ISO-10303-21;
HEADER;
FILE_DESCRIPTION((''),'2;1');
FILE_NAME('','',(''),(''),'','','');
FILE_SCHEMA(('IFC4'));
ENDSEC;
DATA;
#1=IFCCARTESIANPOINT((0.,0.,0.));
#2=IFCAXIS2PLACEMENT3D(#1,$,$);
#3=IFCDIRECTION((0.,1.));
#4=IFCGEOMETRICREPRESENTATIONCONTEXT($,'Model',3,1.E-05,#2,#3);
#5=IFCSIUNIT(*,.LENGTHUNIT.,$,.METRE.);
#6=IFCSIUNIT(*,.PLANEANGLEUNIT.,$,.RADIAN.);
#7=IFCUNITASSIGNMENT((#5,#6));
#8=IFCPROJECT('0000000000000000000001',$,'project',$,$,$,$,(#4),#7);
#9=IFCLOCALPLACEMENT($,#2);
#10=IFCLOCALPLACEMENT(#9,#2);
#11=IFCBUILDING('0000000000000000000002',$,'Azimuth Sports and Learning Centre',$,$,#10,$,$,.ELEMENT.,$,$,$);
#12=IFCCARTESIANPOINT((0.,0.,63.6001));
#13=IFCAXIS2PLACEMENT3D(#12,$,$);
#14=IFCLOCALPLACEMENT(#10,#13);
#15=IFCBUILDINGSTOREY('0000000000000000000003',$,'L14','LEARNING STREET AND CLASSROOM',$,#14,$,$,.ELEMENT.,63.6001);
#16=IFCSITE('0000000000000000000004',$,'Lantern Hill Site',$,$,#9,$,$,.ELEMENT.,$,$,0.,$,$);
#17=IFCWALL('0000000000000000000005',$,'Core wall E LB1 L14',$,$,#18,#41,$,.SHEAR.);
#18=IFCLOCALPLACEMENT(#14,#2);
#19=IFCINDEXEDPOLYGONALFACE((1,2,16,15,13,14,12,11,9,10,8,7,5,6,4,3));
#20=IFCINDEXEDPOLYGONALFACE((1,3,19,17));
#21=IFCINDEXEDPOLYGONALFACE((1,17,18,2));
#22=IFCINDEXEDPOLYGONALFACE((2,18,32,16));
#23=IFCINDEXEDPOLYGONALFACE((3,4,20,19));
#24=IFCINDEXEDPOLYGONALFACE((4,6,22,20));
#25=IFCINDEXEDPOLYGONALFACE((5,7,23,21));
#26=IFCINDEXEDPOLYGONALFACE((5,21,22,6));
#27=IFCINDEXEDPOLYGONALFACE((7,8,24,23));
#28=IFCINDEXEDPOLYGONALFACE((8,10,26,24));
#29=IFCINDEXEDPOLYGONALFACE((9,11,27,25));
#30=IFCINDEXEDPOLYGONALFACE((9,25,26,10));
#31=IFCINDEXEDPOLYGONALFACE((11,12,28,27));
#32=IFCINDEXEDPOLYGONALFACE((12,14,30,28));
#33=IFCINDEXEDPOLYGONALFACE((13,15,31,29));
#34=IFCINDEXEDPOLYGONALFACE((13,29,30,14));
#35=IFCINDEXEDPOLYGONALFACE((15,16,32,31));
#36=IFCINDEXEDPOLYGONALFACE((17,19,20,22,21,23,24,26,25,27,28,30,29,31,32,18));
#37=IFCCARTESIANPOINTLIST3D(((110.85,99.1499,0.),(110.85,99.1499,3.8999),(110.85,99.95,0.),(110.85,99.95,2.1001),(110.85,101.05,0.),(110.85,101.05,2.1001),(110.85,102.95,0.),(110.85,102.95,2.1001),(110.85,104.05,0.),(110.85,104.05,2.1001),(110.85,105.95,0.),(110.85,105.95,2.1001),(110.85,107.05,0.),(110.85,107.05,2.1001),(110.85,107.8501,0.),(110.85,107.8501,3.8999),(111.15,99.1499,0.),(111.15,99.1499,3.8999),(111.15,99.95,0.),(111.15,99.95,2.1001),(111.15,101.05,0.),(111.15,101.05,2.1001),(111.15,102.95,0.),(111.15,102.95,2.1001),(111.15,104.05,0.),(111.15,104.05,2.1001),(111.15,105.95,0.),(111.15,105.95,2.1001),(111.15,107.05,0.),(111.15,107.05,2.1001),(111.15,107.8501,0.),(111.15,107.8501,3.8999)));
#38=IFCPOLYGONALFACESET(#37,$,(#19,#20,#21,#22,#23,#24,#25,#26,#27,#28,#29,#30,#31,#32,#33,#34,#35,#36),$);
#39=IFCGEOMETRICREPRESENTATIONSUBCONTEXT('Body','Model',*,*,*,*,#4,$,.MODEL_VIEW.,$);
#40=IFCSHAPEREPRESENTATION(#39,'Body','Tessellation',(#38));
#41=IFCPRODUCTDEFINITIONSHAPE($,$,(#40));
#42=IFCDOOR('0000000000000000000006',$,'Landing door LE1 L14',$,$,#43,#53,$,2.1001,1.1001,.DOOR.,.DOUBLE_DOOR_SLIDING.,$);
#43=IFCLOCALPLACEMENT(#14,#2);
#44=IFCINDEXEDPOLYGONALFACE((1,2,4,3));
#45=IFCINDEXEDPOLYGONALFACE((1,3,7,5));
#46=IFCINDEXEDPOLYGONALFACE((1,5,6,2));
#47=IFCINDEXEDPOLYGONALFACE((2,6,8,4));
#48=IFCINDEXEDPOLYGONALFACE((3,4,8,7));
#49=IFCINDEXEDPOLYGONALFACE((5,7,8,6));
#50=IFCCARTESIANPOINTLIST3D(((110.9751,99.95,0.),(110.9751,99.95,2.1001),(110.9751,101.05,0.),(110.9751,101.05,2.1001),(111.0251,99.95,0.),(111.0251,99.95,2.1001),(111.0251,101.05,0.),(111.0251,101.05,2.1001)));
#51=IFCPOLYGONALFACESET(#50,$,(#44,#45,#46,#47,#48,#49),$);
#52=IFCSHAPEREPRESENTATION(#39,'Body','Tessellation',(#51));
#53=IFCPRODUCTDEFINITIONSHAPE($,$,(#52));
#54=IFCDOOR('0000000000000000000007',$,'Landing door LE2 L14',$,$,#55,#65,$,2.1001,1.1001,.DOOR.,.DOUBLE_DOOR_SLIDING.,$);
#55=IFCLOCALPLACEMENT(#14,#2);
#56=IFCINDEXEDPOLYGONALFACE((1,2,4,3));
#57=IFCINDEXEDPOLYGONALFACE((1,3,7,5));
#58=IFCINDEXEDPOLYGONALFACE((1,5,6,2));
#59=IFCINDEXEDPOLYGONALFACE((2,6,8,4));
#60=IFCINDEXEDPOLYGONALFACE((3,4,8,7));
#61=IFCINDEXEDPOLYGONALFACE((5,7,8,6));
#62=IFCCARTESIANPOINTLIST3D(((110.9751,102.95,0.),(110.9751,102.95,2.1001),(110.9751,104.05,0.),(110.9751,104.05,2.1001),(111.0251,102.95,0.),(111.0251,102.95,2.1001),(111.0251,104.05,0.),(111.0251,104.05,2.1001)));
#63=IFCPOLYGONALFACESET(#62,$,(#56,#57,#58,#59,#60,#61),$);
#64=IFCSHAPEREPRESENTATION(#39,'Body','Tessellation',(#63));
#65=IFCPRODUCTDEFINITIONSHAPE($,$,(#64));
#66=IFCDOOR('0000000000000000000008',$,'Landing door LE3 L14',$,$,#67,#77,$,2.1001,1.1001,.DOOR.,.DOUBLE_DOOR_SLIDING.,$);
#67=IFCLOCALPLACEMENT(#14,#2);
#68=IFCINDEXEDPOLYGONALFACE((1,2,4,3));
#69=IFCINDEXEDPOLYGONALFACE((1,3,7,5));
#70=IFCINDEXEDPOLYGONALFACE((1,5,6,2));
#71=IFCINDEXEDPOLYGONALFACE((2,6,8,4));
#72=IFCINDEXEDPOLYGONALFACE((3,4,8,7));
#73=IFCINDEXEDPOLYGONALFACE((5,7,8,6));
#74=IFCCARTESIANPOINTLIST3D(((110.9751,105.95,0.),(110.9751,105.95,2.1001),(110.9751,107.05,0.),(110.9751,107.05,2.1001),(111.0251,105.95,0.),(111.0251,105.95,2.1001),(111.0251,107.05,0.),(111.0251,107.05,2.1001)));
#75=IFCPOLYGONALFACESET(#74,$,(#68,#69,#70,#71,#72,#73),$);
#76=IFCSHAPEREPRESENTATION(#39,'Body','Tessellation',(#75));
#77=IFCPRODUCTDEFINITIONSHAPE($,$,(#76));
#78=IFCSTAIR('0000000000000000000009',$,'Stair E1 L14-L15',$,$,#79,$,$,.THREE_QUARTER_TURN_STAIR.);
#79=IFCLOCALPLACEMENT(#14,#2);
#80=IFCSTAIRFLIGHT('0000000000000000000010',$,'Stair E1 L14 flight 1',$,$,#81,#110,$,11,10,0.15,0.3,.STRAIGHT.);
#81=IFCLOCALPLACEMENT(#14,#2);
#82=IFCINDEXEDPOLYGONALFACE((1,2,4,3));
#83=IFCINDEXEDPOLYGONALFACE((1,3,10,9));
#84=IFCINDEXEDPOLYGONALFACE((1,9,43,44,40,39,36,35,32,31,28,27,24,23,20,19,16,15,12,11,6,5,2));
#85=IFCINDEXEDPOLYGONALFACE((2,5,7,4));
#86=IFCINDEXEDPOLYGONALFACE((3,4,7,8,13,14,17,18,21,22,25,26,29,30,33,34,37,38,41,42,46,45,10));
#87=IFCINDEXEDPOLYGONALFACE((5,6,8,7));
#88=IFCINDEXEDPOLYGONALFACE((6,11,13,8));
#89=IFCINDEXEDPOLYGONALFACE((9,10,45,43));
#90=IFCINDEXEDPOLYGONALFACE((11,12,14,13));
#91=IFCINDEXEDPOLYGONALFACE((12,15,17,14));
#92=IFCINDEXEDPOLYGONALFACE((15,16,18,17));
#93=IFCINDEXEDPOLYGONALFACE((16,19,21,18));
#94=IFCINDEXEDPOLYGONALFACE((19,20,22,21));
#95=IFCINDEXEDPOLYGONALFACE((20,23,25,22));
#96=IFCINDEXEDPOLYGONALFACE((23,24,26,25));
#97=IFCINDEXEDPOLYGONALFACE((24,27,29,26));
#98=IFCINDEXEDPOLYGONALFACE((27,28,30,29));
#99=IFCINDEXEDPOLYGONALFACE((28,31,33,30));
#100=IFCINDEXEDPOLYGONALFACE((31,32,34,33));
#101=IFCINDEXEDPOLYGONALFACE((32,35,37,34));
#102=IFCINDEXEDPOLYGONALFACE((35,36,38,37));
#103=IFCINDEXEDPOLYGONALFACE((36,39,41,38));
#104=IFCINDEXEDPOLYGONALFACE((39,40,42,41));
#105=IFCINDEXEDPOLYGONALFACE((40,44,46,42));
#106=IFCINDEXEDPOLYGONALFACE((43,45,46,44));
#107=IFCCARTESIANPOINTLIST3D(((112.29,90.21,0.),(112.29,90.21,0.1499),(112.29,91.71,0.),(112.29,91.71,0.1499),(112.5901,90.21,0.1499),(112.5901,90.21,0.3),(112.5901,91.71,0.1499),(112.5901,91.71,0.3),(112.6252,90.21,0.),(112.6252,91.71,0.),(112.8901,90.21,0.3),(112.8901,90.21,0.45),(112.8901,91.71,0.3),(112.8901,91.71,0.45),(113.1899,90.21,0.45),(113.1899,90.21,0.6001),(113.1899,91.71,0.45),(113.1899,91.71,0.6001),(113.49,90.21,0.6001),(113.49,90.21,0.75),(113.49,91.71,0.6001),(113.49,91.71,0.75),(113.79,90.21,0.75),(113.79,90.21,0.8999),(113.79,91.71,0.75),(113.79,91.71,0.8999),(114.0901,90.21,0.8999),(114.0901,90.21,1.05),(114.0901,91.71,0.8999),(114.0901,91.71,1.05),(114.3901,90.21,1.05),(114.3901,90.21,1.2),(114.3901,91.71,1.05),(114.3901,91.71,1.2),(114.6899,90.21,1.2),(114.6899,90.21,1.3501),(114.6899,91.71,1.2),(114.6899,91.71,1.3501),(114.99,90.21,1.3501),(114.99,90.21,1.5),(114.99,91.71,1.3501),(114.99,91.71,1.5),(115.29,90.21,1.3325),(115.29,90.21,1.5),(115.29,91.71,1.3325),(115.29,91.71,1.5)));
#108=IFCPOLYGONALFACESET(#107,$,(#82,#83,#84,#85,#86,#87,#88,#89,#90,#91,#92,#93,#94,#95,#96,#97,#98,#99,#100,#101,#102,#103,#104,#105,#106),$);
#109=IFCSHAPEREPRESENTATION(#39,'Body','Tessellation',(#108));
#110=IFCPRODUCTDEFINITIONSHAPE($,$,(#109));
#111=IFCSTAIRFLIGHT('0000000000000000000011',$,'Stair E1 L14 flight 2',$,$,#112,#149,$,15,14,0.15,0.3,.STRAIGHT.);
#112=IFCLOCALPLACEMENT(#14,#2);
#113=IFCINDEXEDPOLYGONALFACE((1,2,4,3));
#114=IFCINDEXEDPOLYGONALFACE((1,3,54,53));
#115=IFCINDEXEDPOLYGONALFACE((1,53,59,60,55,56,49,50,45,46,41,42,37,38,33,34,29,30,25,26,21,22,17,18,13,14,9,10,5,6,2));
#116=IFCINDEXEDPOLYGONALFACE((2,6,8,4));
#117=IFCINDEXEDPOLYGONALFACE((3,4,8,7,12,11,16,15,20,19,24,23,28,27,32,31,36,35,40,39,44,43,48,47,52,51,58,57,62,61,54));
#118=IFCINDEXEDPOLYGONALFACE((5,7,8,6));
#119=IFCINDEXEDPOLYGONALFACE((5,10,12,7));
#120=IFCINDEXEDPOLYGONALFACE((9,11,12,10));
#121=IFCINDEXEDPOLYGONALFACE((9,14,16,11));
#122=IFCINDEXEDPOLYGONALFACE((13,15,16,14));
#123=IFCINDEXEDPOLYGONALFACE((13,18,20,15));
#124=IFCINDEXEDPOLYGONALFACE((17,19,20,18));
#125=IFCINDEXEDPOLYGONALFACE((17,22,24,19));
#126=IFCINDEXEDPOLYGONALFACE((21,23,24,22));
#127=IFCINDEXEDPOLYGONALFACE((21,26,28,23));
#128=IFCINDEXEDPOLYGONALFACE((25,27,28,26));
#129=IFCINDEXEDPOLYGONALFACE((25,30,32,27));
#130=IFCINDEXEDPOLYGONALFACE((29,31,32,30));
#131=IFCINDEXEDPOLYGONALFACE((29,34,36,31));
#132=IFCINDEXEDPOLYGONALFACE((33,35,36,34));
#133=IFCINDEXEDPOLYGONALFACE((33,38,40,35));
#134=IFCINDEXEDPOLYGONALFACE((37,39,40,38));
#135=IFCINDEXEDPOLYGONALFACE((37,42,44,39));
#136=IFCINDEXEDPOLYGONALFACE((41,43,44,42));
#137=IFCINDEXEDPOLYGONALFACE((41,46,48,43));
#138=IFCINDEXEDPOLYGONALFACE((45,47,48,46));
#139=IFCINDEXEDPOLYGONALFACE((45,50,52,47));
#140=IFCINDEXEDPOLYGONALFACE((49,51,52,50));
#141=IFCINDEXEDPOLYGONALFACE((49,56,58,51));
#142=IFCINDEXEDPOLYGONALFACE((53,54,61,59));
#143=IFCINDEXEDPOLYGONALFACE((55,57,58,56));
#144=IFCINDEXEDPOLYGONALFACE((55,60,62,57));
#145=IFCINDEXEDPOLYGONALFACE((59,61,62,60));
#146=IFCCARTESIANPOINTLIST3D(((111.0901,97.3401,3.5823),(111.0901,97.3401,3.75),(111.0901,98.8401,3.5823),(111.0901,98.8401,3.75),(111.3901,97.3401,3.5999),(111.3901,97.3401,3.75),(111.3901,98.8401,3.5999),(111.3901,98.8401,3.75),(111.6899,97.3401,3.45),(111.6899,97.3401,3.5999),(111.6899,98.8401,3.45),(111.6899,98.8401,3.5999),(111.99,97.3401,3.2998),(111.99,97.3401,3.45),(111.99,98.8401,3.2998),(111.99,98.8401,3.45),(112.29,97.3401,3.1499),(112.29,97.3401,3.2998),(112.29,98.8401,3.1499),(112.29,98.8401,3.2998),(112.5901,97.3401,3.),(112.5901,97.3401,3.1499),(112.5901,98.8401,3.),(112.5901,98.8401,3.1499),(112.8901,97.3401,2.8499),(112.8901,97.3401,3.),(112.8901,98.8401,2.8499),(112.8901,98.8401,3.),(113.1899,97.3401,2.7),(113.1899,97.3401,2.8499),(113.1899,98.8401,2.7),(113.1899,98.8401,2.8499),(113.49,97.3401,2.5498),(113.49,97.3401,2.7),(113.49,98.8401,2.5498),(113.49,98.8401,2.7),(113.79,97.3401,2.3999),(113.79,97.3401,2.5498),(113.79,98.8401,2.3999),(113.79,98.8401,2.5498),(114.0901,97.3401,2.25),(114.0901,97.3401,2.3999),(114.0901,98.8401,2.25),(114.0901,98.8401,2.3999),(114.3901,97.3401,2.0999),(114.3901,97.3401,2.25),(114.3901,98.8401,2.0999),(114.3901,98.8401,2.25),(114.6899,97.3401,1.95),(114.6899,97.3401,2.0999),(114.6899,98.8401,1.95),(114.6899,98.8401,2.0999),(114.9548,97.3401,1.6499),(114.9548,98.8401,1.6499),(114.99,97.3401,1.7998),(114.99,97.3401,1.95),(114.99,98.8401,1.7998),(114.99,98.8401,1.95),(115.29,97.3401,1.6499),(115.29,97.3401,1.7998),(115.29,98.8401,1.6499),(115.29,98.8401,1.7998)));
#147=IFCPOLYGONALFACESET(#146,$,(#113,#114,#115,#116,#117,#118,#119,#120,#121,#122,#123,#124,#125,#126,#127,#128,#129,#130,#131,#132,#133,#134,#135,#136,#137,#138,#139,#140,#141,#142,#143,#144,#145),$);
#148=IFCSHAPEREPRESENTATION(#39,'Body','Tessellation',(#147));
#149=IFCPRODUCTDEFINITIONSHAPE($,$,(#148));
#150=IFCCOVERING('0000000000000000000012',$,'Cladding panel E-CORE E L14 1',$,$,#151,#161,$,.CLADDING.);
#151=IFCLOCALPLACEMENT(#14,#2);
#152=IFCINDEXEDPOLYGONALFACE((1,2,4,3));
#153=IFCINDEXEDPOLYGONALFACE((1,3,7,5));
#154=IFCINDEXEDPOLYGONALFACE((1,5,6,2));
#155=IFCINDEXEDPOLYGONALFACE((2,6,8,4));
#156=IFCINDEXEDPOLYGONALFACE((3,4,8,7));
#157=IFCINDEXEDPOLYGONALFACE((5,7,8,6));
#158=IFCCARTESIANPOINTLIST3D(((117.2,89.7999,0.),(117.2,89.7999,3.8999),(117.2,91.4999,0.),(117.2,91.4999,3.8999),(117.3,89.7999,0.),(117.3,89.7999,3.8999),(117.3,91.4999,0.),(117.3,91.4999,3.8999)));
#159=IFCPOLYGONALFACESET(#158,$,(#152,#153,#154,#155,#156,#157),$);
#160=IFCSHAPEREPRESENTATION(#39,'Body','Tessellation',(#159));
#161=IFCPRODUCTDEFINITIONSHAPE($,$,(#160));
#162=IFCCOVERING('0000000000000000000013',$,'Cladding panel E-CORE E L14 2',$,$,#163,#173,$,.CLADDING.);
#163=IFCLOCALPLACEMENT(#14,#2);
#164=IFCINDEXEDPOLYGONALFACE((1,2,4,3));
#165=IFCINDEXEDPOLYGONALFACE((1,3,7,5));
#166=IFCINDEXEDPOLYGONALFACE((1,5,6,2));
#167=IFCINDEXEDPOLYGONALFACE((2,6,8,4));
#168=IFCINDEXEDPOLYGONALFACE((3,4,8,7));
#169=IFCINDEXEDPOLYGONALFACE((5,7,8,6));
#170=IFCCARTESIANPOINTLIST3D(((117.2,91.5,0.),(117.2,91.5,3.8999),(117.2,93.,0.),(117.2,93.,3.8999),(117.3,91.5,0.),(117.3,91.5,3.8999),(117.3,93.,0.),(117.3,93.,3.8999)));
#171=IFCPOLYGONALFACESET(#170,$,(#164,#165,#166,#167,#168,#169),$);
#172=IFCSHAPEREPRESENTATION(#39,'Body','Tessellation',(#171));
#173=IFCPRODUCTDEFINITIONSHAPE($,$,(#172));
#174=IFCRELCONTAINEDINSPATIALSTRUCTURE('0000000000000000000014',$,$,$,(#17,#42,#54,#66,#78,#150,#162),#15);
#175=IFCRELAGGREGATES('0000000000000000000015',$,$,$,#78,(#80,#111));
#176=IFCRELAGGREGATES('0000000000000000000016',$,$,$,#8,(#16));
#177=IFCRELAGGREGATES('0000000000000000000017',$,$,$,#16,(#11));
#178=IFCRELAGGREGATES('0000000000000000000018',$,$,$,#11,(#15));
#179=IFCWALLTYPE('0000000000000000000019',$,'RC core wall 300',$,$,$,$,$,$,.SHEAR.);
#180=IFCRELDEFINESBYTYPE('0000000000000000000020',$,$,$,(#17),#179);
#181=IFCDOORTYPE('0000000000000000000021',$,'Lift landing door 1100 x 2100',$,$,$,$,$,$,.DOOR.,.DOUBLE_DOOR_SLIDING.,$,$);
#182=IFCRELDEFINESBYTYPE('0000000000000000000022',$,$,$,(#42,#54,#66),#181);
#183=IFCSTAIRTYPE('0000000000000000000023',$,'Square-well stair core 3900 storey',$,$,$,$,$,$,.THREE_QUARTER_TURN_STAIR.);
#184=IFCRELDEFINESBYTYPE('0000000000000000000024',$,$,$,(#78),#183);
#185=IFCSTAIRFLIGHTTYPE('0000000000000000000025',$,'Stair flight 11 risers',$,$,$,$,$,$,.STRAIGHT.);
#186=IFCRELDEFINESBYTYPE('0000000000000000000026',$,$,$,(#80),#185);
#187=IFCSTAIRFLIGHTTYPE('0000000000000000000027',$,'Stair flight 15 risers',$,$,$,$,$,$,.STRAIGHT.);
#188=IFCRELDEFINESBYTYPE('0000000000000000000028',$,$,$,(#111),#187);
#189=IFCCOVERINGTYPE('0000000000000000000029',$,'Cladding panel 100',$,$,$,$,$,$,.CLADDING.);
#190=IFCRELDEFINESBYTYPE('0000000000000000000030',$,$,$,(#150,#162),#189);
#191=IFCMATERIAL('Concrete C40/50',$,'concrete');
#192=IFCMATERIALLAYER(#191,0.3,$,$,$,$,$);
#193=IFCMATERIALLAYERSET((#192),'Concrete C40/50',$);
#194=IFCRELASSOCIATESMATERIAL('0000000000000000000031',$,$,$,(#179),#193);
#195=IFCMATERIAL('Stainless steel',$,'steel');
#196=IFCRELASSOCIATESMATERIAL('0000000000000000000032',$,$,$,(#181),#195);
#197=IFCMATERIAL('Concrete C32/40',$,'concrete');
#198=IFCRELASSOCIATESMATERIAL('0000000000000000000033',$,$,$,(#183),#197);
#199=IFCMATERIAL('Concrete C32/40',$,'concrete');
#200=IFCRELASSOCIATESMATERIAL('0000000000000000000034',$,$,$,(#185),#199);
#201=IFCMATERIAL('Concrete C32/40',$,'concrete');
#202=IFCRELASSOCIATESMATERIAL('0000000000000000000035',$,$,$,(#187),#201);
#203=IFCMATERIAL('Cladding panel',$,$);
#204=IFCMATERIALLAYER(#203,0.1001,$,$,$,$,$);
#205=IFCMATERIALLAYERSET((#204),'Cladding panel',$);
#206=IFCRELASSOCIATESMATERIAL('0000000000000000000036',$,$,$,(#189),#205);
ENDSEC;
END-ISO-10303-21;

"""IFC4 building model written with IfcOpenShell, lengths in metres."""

from ifc_helpers import new_model, si_unit, direction, frame, frame_2d, origin, origin_2d, place, context, subcontext, project, spatial, polyline, rectangle, outline, extrude, material, layer, layer_set, type_object, element, fill, aggregate, save


model = new_model("IFC4")

# Units and contexts
model_context = context("Model", 3, precision=1e-05, world=origin(), true_north=direction((0.0, 1.0)))
body_context = subcontext(model_context, "Body", "Model", "MODEL_VIEW")
ifc_project = project(units=[si_unit("LENGTHUNIT", "METRE"), si_unit("PLANEANGLEUNIT", "RADIAN")], contexts=[model_context])

# Site, building, storey
site_placement = place(None, origin())
site = spatial("IfcSite", under=ifc_project, at=site_placement, Name="Lantern Hill Site", CompositionType="ELEMENT", RefElevation=0.0)
building_placement = place(site_placement, origin())
building = spatial("IfcBuilding", under=site, at=building_placement, Name="Azimuth Sports and Learning Centre", CompositionType="ELEMENT")
storey_placement = place(building_placement, frame((0.0, 0.0, 63.6001)))
storey = spatial("IfcBuildingStorey", under=building, at=storey_placement, Name="L14", Description="LEARNING STREET AND CLASSROOM", CompositionType="ELEMENT", Elevation=63.6001)

# Shared definitions
ifc_material_1 = material(Name="Concrete C40/50", Category="concrete")
ifc_layer_1 = layer(ifc_material_1, 0.3)
ifc_layer_set_1 = layer_set([ifc_layer_1], Name="Concrete C40/50")
wall_type = type_object("IfcWallType", Name="RC core wall 300", PredefinedType="SHEAR", material=ifc_layer_set_1)

# Wall, openings, doors
wall_1_placement = place(storey_placement, frame((111.0, 99.1499, 0.0), z_axis=(0.0, 0.0, 1.0), x_axis=(0.0, 1.0, 0.0)))
wall_1 = element("IfcWall", 1, at=wall_1_placement, inside=storey, type_object=wall_type, Name="Core wall E LB1 L14", PredefinedType="SHEAR", context=body_context, shape_type="SweptSolid", body=[
    extrude(rectangle(XDim=8.7002, YDim=0.3, at=frame_2d((4.3501, 0.0))), origin(), (0.0, 0.0, 1.0), 3.8999),
])
opening_1_placement = place(wall_1_placement, frame((0.8, 0.0, 0.0)))
opening_1 = element("IfcOpeningElement", 2, at=opening_1_placement, cuts=wall_1, PredefinedType="OPENING", context=body_context, shape_type="SweptSolid", body=[
    extrude(rectangle(XDim=1.1001, YDim=2.1001, at=frame_2d((0.55, 1.05))), frame((0.0, 0.1611, 0.0), z_axis=(0.0, -1.0, 0.0), x_axis=(1.0, 0.0, 0.0)), (0.0, 0.0, 1.0), 0.322),
])
opening_2_placement = place(wall_1_placement, frame((3.8, 0.0, 0.0)))
opening_2 = element("IfcOpeningElement", 3, at=opening_2_placement, cuts=wall_1, PredefinedType="OPENING", context=body_context, shape_type="SweptSolid", body=[
    extrude(rectangle(XDim=1.1001, YDim=2.1001, at=frame_2d((0.55, 1.05))), frame((0.0, 0.1611, 0.0), z_axis=(0.0, -1.0, 0.0), x_axis=(1.0, 0.0, 0.0)), (0.0, 0.0, 1.0), 0.322),
])
opening_3_placement = place(wall_1_placement, frame((6.8, 0.0, 0.0)))
opening_3 = element("IfcOpeningElement", 4, at=opening_3_placement, cuts=wall_1, PredefinedType="OPENING", context=body_context, shape_type="SweptSolid", body=[
    extrude(rectangle(XDim=1.1001, YDim=2.1001, at=frame_2d((0.55, 1.05))), frame((0.0, 0.1611, 0.0), z_axis=(0.0, -1.0, 0.0), x_axis=(1.0, 0.0, 0.0)), (0.0, 0.0, 1.0), 0.322),
])
ifc_material_2 = material(Name="Stainless steel", Category="steel")
door_type = type_object("IfcDoorType", Name="Lift landing door 1100 x 2100", OperationType="DOUBLE_DOOR_SLIDING", PredefinedType="DOOR", material=ifc_material_2)
door_1_placement = place(opening_1_placement, origin())
door_1 = element("IfcDoor", 5, at=door_1_placement, inside=storey, type_object=door_type, Name="Landing door LE1 L14", OperationType="DOUBLE_DOOR_SLIDING", OverallHeight=2.1001, OverallWidth=1.1001, PredefinedType="DOOR", context=body_context, shape_type="SweptSolid", body=[
    extrude(rectangle(XDim=1.1001, YDim=2.1001, at=frame_2d((0.55, 1.05))), frame((0.0, 0.0249, 0.0), z_axis=(0.0, -1.0, 0.0), x_axis=(1.0, 0.0, 0.0)), (0.0, 0.0, 1.0), 0.05),
])
fill(opening_1, door_1)
door_2_placement = place(opening_2_placement, origin())
door_2 = element("IfcDoor", 6, at=door_2_placement, inside=storey, type_object=door_type, Name="Landing door LE2 L14", OperationType="DOUBLE_DOOR_SLIDING", OverallHeight=2.1001, OverallWidth=1.1001, PredefinedType="DOOR", context=body_context, shape_type="SweptSolid", body=[
    extrude(rectangle(XDim=1.1001, YDim=2.1001, at=frame_2d((0.55, 1.05))), frame((0.0, 0.0249, 0.0), z_axis=(0.0, -1.0, 0.0), x_axis=(1.0, 0.0, 0.0)), (0.0, 0.0, 1.0), 0.05),
])
fill(opening_2, door_2)
door_3_placement = place(opening_3_placement, origin())
door_3 = element("IfcDoor", 7, at=door_3_placement, inside=storey, type_object=door_type, Name="Landing door LE3 L14", OperationType="DOUBLE_DOOR_SLIDING", OverallHeight=2.1001, OverallWidth=1.1001, PredefinedType="DOOR", context=body_context, shape_type="SweptSolid", body=[
    extrude(rectangle(XDim=1.1001, YDim=2.1001, at=frame_2d((0.55, 1.05))), frame((0.0, 0.0249, 0.0), z_axis=(0.0, -1.0, 0.0), x_axis=(1.0, 0.0, 0.0)), (0.0, 0.0, 1.0), 0.05),
])
fill(opening_3, door_3)

# Stair, stair flights
ifc_material_3 = material(Name="Concrete C32/40", Category="concrete")
stair_type = type_object("IfcStairType", Name="Square-well stair core 3900 storey", PredefinedType="THREE_QUARTER_TURN_STAIR", material=ifc_material_3)
stair_placement = place(storey_placement, origin())
stair = element("IfcStair", 8, at=stair_placement, inside=storey, type_object=stair_type, Name="Stair E1 L14-L15", PredefinedType="THREE_QUARTER_TURN_STAIR")
ifc_material_4 = material(Name="Concrete C32/40", Category="concrete")
stair_flight_type_1 = type_object("IfcStairFlightType", Name="Stair flight 11 risers", PredefinedType="STRAIGHT", material=ifc_material_4)
stair_flight_1_placement = place(storey_placement, frame((112.29, 90.96, 0.0), z_axis=(0.0, 0.0, 1.0), x_axis=(1.0, 0.0, 0.0)))
stair_flight_1 = element("IfcStairFlight", 9, at=stair_flight_1_placement, type_object=stair_flight_type_1, Name="Stair E1 L14 flight 1", NumberOfRisers=11, NumberOfTreads=10, PredefinedType="STRAIGHT", RiserHeight=0.15, TreadLength=0.3, context=body_context, shape_type="SweptSolid", body=[
    extrude(outline(polyline([(0.0, 0.0), (0.0, 0.1499), (0.3, 0.1499), (0.3, 0.3), (0.6001, 0.3), (0.6001, 0.45), (0.8999, 0.45), (0.8999, 0.6001), (1.2, 0.6001), (1.2, 0.75), (1.5, 0.75), (1.5, 0.8999), (1.8, 0.8999), (1.8, 1.05), (2.1001, 1.05), (2.1001, 1.2), (2.3999, 1.2), (2.3999, 1.3501), (2.7, 1.3501), (2.7, 1.5), (3.0, 1.5), (3.0, 1.6499), (3.0, 1.3325), (0.3352, 0.0), (0.0, 0.0)])), frame((0.0, 0.75, 0.0), z_axis=(0.0, -1.0, 0.0), x_axis=(1.0, 0.0, 0.0)), (0.0, 0.0, 1.0), 1.5),
])
ifc_material_5 = material(Name="Concrete C32/40", Category="concrete")
stair_flight_type_2 = type_object("IfcStairFlightType", Name="Stair flight 15 risers", PredefinedType="STRAIGHT", material=ifc_material_5)
stair_flight_2_placement = place(storey_placement, frame((115.29, 98.0901, 1.6499), z_axis=(0.0, 0.0, 1.0), x_axis=(-1.0, 0.0, 0.0)))
stair_flight_2 = element("IfcStairFlight", 10, at=stair_flight_2_placement, type_object=stair_flight_type_2, Name="Stair E1 L14 flight 2", NumberOfRisers=15, NumberOfTreads=14, PredefinedType="STRAIGHT", RiserHeight=0.15, TreadLength=0.3, context=body_context, shape_type="SweptSolid", body=[
    extrude(outline(polyline([(0.0, 0.0), (0.0, 0.1499), (0.3, 0.1499), (0.3, 0.3), (0.6001, 0.3), (0.6001, 0.45), (0.8999, 0.45), (0.8999, 0.6001), (1.2, 0.6001), (1.2, 0.75), (1.5, 0.75), (1.5, 0.8999), (1.8, 0.8999), (1.8, 1.05), (2.1001, 1.05), (2.1001, 1.2), (2.3999, 1.2), (2.3999, 1.3501), (2.7, 1.3501), (2.7, 1.5), (3.0, 1.5), (3.0, 1.6499), (3.3, 1.6499), (3.3, 1.8), (3.6001, 1.8), (3.6001, 1.95), (3.8999, 1.95), (3.8999, 2.1001), (4.2, 2.1001), (4.2, 2.25), (4.2, 1.9324), (0.3352, 0.0), (0.0, 0.0)])), frame((0.0, 0.75, 0.0), z_axis=(0.0, -1.0, 0.0), x_axis=(1.0, 0.0, 0.0)), (0.0, 0.0, 1.0), 1.5),
])
aggregate(stair, [stair_flight_1, stair_flight_2])

# Coverings
ifc_material_6 = material(Name="Cladding panel")
ifc_layer_2 = layer(ifc_material_6, 0.1001)
ifc_layer_set_2 = layer_set([ifc_layer_2], Name="Cladding panel")
covering_type = type_object("IfcCoveringType", Name="Cladding panel 100", PredefinedType="CLADDING", material=ifc_layer_set_2)
covering_placement = place(storey_placement, frame((117.25, 90.6499, 0.0), z_axis=(0.0, 0.0, 1.0), x_axis=(0.0, 1.0, 0.0)))
element("IfcCovering", 11, at=covering_placement, inside=storey, type_object=covering_type, Name="Cladding panel E-CORE E L14 1", PredefinedType="CLADDING", context=body_context, shape_type="SweptSolid", body=[
    extrude(rectangle(XDim=1.7, YDim=0.1001, at=origin_2d()), origin(), (0.0, 0.0, 1.0), 3.8999),
])
for number, where, z_axis, x_axis, name in (
    (12, (117.25, 92.25, 0.0), (0.0, 0.0, 1.0), (0.0, 1.0, 0.0), "Cladding panel E-CORE E L14 2"),
):
    element("IfcCovering", number, at=place(storey_placement, frame(where, z_axis=z_axis, x_axis=x_axis)), inside=storey, type_object=covering_type, Name=name, PredefinedType="CLADDING", context=body_context, shape_type="SweptSolid", body=[
        extrude(rectangle(XDim=1.5, YDim=0.1001, at=origin_2d()), origin(), (0.0, 0.0, 1.0), 3.8999),
    ])

save(model, "model.ifc")
